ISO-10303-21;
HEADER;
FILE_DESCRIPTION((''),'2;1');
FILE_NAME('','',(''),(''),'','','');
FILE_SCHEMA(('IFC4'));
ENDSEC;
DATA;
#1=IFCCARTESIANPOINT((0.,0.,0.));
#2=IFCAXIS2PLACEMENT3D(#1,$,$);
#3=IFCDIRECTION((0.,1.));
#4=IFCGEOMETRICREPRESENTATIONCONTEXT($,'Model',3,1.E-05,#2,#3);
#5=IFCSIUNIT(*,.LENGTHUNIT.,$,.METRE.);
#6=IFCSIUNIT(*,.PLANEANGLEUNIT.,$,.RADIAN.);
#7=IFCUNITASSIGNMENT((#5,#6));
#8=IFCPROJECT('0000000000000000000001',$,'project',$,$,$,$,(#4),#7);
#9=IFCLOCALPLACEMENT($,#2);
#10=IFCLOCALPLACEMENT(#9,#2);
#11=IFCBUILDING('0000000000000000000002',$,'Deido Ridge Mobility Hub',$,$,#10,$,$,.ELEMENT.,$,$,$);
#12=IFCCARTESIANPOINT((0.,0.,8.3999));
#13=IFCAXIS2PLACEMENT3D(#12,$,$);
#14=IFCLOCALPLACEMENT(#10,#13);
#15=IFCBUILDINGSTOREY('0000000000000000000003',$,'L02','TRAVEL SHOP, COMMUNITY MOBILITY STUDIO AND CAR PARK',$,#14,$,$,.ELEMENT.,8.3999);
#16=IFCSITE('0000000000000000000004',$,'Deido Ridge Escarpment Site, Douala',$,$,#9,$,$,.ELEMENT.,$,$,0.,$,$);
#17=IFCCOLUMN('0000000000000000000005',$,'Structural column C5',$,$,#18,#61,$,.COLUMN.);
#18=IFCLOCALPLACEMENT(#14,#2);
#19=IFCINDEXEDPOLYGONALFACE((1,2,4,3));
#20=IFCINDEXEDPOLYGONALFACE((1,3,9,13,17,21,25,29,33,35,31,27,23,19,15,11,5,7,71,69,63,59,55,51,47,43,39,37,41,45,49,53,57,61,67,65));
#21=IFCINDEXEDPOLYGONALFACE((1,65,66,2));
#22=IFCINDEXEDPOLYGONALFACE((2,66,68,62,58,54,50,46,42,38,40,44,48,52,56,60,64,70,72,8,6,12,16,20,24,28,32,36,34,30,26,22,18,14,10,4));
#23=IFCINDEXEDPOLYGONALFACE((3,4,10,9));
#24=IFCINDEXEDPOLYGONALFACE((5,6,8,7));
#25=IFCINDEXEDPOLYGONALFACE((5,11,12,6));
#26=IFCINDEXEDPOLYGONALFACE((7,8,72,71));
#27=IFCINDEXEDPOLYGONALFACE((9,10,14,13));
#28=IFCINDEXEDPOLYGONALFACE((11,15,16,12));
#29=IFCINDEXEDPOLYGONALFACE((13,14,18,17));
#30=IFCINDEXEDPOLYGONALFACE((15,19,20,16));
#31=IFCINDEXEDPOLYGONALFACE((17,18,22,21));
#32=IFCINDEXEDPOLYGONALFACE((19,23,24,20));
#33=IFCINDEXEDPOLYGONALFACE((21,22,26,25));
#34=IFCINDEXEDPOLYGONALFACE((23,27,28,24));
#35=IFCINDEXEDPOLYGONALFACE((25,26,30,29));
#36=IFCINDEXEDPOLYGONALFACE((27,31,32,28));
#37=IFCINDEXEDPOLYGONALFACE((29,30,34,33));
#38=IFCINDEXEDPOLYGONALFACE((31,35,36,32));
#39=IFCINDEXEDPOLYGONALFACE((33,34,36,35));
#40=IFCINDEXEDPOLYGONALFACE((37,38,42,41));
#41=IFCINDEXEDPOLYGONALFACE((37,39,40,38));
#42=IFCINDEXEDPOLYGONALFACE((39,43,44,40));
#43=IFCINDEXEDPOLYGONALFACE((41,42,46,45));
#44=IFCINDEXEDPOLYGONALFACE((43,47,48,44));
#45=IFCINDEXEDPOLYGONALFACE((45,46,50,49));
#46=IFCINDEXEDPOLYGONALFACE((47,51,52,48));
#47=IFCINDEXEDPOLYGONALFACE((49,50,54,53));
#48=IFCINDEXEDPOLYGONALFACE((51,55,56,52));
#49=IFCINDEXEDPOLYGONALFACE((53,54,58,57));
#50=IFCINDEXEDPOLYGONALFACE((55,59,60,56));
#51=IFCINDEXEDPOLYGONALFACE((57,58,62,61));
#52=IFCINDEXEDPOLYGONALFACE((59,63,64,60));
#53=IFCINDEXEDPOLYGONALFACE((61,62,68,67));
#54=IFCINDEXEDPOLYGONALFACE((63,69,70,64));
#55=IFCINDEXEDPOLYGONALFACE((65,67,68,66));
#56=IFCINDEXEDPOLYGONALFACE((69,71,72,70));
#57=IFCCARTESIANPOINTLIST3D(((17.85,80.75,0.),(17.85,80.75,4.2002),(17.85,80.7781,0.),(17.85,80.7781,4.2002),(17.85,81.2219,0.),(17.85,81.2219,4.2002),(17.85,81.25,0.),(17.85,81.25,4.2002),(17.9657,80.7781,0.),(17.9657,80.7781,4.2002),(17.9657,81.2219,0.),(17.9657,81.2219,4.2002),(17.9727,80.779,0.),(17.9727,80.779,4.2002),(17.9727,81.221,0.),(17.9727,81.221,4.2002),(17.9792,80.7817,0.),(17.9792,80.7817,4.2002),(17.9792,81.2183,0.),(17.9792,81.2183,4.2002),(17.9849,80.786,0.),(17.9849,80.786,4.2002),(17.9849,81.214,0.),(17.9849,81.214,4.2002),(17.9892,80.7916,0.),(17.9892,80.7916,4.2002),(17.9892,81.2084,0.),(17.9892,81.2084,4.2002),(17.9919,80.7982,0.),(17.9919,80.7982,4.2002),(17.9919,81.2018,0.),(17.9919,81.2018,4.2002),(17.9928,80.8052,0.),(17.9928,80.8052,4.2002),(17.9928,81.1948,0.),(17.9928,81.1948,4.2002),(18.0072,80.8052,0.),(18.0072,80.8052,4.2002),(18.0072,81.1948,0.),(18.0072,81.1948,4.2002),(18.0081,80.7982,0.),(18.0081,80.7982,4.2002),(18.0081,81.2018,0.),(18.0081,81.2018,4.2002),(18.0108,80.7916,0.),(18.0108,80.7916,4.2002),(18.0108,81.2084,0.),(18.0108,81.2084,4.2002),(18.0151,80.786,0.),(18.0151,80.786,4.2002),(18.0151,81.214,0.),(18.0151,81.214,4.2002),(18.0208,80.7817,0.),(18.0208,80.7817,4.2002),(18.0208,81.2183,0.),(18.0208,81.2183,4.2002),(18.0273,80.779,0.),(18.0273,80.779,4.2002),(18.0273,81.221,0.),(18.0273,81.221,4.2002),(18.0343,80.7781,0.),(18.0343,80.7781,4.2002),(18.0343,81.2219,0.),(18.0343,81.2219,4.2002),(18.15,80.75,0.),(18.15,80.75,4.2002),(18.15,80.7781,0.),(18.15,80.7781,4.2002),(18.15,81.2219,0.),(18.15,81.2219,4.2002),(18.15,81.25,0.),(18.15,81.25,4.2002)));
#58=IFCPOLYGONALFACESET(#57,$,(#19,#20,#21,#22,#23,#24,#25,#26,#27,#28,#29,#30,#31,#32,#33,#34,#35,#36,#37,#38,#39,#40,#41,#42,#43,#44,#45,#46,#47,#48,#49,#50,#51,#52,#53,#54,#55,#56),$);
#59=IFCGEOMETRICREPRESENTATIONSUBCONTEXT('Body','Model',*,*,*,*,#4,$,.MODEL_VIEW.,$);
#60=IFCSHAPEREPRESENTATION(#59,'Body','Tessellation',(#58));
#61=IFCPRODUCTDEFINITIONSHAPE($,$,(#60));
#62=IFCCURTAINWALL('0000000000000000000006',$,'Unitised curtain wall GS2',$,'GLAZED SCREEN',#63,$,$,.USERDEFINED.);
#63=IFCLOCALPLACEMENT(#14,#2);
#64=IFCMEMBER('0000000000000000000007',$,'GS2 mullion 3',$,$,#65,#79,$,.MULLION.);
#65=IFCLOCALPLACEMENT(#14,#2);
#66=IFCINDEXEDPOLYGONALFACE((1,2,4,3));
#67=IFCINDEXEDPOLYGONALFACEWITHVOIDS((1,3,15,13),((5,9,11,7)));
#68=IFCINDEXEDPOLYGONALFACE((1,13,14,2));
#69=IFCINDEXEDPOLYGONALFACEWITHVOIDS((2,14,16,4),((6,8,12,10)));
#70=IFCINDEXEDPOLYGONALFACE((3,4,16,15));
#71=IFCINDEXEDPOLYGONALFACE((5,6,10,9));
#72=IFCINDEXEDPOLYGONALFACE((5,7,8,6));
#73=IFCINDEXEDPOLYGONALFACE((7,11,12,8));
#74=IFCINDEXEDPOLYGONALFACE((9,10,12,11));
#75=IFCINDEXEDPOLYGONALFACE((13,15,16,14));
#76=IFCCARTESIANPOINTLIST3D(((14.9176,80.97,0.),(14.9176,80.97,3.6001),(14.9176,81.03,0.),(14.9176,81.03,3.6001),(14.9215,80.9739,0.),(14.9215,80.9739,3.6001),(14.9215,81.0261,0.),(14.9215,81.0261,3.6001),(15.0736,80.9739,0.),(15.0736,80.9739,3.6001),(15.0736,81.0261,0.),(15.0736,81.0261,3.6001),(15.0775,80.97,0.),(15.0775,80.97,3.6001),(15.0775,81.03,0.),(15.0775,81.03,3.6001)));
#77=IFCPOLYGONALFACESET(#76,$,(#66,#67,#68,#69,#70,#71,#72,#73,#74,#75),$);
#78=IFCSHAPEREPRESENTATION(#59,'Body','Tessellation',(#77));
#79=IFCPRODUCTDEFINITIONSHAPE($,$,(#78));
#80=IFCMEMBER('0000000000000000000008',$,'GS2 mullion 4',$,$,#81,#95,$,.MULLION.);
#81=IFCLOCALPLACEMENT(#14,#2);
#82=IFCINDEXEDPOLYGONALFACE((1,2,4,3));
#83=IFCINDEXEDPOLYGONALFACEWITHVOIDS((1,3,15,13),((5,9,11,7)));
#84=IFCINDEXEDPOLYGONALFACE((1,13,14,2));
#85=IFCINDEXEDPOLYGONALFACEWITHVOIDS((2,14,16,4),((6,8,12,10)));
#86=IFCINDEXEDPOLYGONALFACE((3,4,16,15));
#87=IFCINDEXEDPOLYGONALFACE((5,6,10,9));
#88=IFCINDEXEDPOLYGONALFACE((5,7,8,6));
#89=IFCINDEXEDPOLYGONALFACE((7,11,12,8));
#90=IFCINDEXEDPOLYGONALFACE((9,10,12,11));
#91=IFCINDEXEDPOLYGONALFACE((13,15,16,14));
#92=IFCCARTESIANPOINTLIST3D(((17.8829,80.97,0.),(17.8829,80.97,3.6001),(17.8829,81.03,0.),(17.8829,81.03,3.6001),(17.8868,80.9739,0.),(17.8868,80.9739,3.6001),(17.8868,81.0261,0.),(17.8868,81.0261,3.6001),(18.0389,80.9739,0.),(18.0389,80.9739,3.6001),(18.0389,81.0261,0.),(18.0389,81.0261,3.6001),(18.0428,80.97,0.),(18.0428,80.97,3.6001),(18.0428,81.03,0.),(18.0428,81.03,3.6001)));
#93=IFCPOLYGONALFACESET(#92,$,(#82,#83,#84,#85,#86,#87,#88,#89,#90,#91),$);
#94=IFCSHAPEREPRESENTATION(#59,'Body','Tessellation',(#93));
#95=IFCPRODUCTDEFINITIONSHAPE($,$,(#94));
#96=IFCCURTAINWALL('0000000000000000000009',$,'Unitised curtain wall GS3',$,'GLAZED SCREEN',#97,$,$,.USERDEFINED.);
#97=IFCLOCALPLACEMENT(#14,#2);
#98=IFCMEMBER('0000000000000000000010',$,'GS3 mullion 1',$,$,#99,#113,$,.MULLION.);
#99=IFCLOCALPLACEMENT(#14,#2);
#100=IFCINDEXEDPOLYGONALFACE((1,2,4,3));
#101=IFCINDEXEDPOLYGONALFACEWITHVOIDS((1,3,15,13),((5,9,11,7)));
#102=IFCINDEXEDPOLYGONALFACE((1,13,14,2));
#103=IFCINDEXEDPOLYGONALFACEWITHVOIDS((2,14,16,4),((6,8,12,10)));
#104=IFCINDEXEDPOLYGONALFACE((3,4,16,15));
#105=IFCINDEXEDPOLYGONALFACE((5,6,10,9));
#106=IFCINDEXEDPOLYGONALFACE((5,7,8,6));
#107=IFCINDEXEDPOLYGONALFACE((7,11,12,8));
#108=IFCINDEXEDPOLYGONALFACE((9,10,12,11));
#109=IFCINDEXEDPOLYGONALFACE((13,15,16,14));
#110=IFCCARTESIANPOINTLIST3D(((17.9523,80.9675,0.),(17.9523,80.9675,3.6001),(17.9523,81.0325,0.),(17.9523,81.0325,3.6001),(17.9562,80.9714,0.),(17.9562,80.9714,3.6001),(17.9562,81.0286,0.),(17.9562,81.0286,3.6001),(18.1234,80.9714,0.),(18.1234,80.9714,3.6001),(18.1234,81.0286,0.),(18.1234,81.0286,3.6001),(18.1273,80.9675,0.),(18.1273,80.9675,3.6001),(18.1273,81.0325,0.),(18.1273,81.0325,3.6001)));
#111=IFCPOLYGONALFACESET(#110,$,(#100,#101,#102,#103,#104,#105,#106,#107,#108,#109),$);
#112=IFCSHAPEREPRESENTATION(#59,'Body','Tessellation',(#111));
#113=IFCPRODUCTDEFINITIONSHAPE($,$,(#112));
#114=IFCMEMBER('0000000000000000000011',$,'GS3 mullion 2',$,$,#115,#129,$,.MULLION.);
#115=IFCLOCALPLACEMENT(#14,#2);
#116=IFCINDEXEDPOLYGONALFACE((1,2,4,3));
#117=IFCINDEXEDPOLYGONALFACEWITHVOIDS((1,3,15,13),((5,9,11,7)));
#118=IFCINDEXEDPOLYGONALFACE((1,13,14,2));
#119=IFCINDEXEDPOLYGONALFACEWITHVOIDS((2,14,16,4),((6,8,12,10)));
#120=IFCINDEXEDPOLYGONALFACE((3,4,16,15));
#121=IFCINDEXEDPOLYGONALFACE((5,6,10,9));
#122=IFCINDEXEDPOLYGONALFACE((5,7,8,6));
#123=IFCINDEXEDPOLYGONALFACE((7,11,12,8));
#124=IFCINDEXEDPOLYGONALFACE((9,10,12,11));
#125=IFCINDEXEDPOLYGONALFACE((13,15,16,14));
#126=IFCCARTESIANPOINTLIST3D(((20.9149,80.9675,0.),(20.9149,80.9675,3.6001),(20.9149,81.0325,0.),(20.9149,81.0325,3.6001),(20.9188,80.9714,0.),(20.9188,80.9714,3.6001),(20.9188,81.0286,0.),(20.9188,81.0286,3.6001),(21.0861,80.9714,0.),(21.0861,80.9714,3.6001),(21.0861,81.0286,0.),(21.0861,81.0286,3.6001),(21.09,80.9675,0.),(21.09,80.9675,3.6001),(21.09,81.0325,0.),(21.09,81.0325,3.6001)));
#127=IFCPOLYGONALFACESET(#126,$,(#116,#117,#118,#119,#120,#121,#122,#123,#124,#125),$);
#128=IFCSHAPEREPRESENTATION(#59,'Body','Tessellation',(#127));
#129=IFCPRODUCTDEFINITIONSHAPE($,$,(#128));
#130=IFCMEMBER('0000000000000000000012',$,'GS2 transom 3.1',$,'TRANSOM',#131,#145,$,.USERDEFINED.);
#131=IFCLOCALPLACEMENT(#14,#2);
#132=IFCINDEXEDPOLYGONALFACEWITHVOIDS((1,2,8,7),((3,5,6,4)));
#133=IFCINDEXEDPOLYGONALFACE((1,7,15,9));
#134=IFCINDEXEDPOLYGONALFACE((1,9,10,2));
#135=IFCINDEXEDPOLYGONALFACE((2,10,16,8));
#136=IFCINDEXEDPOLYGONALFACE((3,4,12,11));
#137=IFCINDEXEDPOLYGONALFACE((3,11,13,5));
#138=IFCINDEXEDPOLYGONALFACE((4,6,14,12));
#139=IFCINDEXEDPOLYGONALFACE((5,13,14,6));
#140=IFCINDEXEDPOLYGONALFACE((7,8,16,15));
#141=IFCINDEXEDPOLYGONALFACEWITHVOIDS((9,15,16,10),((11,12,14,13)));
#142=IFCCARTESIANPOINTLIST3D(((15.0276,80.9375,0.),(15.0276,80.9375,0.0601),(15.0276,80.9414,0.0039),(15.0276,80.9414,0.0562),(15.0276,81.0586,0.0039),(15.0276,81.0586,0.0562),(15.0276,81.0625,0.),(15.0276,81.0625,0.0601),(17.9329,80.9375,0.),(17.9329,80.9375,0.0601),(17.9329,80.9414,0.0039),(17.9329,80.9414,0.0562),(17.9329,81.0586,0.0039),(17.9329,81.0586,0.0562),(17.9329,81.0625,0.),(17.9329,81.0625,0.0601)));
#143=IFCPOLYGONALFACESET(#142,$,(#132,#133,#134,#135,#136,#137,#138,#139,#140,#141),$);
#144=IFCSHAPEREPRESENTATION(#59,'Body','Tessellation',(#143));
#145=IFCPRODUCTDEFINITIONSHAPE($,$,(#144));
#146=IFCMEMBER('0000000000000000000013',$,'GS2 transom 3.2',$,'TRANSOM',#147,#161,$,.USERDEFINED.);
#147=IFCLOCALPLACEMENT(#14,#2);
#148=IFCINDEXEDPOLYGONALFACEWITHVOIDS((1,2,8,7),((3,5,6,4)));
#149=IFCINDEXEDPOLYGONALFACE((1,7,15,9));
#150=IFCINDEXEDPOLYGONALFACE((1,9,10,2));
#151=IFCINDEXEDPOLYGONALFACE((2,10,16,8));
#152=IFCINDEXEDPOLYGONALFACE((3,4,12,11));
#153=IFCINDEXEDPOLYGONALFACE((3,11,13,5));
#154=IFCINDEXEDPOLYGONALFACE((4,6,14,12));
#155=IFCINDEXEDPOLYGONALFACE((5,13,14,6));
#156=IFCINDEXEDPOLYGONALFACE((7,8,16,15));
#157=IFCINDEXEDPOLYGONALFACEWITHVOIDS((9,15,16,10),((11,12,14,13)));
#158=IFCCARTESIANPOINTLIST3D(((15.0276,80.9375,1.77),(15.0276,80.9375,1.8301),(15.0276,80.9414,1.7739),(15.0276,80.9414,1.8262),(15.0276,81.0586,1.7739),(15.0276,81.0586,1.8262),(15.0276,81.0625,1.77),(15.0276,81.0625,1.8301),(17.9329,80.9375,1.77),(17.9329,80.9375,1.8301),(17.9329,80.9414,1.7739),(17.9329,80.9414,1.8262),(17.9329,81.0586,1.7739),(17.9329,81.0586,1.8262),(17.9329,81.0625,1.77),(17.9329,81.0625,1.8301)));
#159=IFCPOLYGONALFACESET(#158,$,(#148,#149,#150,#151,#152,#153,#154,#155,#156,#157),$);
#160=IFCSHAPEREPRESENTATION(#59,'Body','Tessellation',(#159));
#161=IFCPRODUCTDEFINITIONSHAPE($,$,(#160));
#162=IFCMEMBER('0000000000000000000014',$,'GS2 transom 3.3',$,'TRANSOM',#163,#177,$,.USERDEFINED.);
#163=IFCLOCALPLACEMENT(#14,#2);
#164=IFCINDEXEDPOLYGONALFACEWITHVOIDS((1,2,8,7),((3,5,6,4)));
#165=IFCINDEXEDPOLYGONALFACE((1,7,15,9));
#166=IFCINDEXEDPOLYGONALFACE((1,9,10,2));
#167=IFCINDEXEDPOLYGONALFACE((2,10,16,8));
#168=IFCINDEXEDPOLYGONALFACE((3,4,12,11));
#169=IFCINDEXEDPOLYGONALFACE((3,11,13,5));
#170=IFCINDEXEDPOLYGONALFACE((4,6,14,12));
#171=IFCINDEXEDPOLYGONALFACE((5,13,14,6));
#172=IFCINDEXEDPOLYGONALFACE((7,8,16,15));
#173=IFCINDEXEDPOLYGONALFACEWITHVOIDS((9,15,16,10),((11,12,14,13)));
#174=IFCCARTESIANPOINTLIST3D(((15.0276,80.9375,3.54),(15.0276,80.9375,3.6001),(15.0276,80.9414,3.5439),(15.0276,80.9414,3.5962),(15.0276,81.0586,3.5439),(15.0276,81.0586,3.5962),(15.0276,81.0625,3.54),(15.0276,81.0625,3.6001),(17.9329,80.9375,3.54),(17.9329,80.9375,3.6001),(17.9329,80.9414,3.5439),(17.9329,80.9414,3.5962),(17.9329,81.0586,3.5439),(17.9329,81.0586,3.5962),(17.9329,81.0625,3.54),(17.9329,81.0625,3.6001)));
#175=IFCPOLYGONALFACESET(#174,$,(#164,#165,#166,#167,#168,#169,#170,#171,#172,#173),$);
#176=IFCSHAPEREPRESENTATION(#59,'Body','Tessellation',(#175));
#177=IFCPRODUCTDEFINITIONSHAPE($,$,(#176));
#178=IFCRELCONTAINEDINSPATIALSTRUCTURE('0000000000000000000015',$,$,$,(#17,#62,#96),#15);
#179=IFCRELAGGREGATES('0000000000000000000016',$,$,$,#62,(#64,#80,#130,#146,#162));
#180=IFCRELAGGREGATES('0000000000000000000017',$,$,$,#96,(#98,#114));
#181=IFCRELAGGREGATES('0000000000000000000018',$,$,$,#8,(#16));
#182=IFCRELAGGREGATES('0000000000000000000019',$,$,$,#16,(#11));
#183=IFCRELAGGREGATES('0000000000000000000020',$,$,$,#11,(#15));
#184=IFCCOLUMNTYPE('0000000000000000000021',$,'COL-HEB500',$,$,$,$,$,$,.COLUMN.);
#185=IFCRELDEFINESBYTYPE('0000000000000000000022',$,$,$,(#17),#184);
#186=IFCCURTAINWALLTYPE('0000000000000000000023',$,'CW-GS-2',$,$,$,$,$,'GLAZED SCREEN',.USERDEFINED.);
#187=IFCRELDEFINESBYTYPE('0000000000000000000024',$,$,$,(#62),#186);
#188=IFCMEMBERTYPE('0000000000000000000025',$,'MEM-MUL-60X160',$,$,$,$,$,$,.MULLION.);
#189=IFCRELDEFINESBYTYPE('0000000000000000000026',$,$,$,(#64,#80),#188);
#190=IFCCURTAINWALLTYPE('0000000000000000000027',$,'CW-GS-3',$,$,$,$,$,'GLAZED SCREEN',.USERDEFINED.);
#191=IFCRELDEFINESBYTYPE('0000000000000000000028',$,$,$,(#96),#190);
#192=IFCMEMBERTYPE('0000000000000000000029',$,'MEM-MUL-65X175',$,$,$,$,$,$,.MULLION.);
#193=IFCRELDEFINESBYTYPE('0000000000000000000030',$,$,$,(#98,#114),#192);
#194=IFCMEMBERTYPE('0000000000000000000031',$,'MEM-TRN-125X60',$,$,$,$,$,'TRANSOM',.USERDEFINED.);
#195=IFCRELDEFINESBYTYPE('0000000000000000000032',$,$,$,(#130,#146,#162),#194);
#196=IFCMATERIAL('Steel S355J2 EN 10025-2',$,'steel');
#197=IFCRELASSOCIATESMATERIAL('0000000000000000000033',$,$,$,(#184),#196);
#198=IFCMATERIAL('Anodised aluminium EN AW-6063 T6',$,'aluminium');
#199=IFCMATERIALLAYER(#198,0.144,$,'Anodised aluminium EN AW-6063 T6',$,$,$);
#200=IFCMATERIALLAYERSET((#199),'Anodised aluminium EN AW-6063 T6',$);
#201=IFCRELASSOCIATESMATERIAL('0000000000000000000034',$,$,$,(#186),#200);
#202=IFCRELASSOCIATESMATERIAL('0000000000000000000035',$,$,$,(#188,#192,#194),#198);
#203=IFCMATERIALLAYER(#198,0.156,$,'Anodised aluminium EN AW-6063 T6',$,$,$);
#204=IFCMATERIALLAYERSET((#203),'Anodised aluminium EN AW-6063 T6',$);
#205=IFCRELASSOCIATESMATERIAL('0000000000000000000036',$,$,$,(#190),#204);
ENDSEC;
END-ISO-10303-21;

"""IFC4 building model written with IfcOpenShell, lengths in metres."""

from ifc_helpers import new_model, si_unit, direction, frame, origin, origin_2d, place, context, subcontext, project, spatial, hollow_rectangle, i_section, extrude, material, layer, layer_set, material_profile, profile_set, type_object, element, aggregate, save


model = new_model("IFC4")

# Units and contexts
model_context = context("Model", 3, precision=1e-05, world=origin(), true_north=direction((0.0, 1.0)))
body_context = subcontext(model_context, "Body", "Model", "MODEL_VIEW")
ifc_project = project(units=[si_unit("LENGTHUNIT", "METRE"), si_unit("PLANEANGLEUNIT", "RADIAN")], contexts=[model_context])

# Site, building, storey
site_placement = place(None, origin())
site = spatial("IfcSite", under=ifc_project, at=site_placement, Name="Deido Ridge Escarpment Site, Douala", CompositionType="ELEMENT", RefElevation=0.0)
building_placement = place(site_placement, origin())
building = spatial("IfcBuilding", under=site, at=building_placement, Name="Deido Ridge Mobility Hub", CompositionType="ELEMENT")
storey_placement = place(building_placement, frame((0.0, 0.0, 8.3999)))
storey = spatial("IfcBuildingStorey", under=building, at=storey_placement, Name="L02", Description="TRAVEL SHOP, COMMUNITY MOBILITY STUDIO AND CAR PARK", CompositionType="ELEMENT", Elevation=8.3999)

# Column
ifc_material_1 = material(Name="Steel S355J2 EN 10025-2", Category="steel")
ifc_material_profile_1 = material_profile(ifc_material_1, i_section(OverallWidth=0.3, OverallDepth=0.5, WebThickness=0.0144, FlangeThickness=0.0281, FilletRadius=0.0271, at=origin_2d()), Name="HEB 500")
ifc_profile_set_1 = profile_set([ifc_material_profile_1], Name="Steel S355J2 EN 10025-2")
column_type = type_object("IfcColumnType", Name="COL-HEB500", PredefinedType="COLUMN", material=ifc_profile_set_1)
column_placement = place(storey_placement, frame((18.0, 81.0, 0.0), z_axis=(0.0, 0.0, 1.0), x_axis=(1.0, 0.0, 0.0)))
element("IfcColumn", 1, at=column_placement, inside=storey, type_object=column_type, Name="Structural column C5", PredefinedType="COLUMN", context=body_context, shape_type="SweptSolid", body=[
    extrude(i_section(OverallWidth=0.3, OverallDepth=0.5, WebThickness=0.0144, FlangeThickness=0.0281, FilletRadius=0.0271, at=origin_2d()), origin(), (0.0, 0.0, 1.0), 4.2002),
])

# Curtain walls, members
ifc_material_2 = material(Name="Anodised aluminium EN AW-6063 T6", Category="aluminium")
ifc_layer_1 = layer(ifc_material_2, 0.144, Name="Anodised aluminium EN AW-6063 T6")
ifc_layer_set_1 = layer_set([ifc_layer_1], Name="Anodised aluminium EN AW-6063 T6")
curtain_wall_type_1 = type_object("IfcCurtainWallType", Name="CW-GS-2", ElementType="GLAZED SCREEN", PredefinedType="USERDEFINED", material=ifc_layer_set_1)
curtain_wall_1_placement = place(storey_placement, origin())
curtain_wall_1 = element("IfcCurtainWall", 2, at=curtain_wall_1_placement, inside=storey, type_object=curtain_wall_type_1, Name="Unitised curtain wall GS2", ObjectType="GLAZED SCREEN", PredefinedType="USERDEFINED")
ifc_material_profile_2 = material_profile(ifc_material_2, hollow_rectangle(XDim=0.0601, YDim=0.1599, WallThickness=0.0039, at=origin_2d()), Name="RHS 60x160x4")
ifc_profile_set_2 = profile_set([ifc_material_profile_2], Name="Anodised aluminium EN AW-6063 T6")
member_type_1 = type_object("IfcMemberType", Name="MEM-MUL-60X160", PredefinedType="MULLION", material=ifc_profile_set_2)
member_1_placement = place(storey_placement, frame((14.9976, 81.0, 0.0), z_axis=(0.0, 0.0, 1.0), x_axis=(0.0, 1.0, 0.0)))
member_1 = element("IfcMember", 3, at=member_1_placement, type_object=member_type_1, Name="GS2 mullion 3", PredefinedType="MULLION", context=body_context, shape_type="SweptSolid", body=[
    extrude(hollow_rectangle(XDim=0.0601, YDim=0.1599, WallThickness=0.0039, at=origin_2d()), origin(), (0.0, 0.0, 1.0), 3.6001),
])
member_2_placement = place(storey_placement, frame((17.9629, 81.0, 0.0), z_axis=(0.0, 0.0, 1.0), x_axis=(0.0, 1.0, 0.0)))
member_2 = element("IfcMember", 4, at=member_2_placement, type_object=member_type_1, Name="GS2 mullion 4", PredefinedType="MULLION", context=body_context, shape_type="SweptSolid", body=[
    extrude(hollow_rectangle(XDim=0.0601, YDim=0.1599, WallThickness=0.0039, at=origin_2d()), origin(), (0.0, 0.0, 1.0), 3.6001),
])
ifc_layer_2 = layer(ifc_material_2, 0.156, Name="Anodised aluminium EN AW-6063 T6")
ifc_layer_set_2 = layer_set([ifc_layer_2], Name="Anodised aluminium EN AW-6063 T6")
curtain_wall_type_2 = type_object("IfcCurtainWallType", Name="CW-GS-3", ElementType="GLAZED SCREEN", PredefinedType="USERDEFINED", material=ifc_layer_set_2)
curtain_wall_2_placement = place(storey_placement, origin())
curtain_wall_2 = element("IfcCurtainWall", 5, at=curtain_wall_2_placement, inside=storey, type_object=curtain_wall_type_2, Name="Unitised curtain wall GS3", ObjectType="GLAZED SCREEN", PredefinedType="USERDEFINED")
ifc_material_profile_3 = material_profile(ifc_material_2, hollow_rectangle(XDim=0.0649, YDim=0.175, WallThickness=0.0039, at=origin_2d()), Name="RHS 65x175x4")
ifc_profile_set_3 = profile_set([ifc_material_profile_3], Name="Anodised aluminium EN AW-6063 T6")
member_type_2 = type_object("IfcMemberType", Name="MEM-MUL-65X175", PredefinedType="MULLION", material=ifc_profile_set_3)
member_3_placement = place(storey_placement, frame((18.0398, 81.0, 0.0), z_axis=(0.0, 0.0, 1.0), x_axis=(0.0, 1.0, 0.0)))
member_3 = element("IfcMember", 6, at=member_3_placement, type_object=member_type_2, Name="GS3 mullion 1", PredefinedType="MULLION", context=body_context, shape_type="SweptSolid", body=[
    extrude(hollow_rectangle(XDim=0.0649, YDim=0.175, WallThickness=0.0039, at=origin_2d()), origin(), (0.0, 0.0, 1.0), 3.6001),
])
member_4_placement = place(storey_placement, frame((21.0024, 81.0, 0.0), z_axis=(0.0, 0.0, 1.0), x_axis=(0.0, 1.0, 0.0)))
member_4 = element("IfcMember", 7, at=member_4_placement, type_object=member_type_2, Name="GS3 mullion 2", PredefinedType="MULLION", context=body_context, shape_type="SweptSolid", body=[
    extrude(hollow_rectangle(XDim=0.0649, YDim=0.175, WallThickness=0.0039, at=origin_2d()), origin(), (0.0, 0.0, 1.0), 3.6001),
])

# Members
ifc_material_profile_4 = material_profile(ifc_material_2, hollow_rectangle(XDim=0.125, YDim=0.0601, WallThickness=0.0039, at=origin_2d()), Name="RHS 125x60x4")
ifc_profile_set_4 = profile_set([ifc_material_profile_4], Name="Anodised aluminium EN AW-6063 T6")
member_type_3 = type_object("IfcMemberType", Name="MEM-TRN-125X60", ElementType="TRANSOM", PredefinedType="USERDEFINED", material=ifc_profile_set_4)
member_5_placement = place(storey_placement, frame((15.0276, 81.0, 0.03), z_axis=(1.0, 0.0, 0.0), x_axis=(0.0, 1.0, 0.0)))
member_5 = element("IfcMember", 8, at=member_5_placement, type_object=member_type_3, Name="GS2 transom 3.1", ObjectType="TRANSOM", PredefinedType="USERDEFINED", context=body_context, shape_type="SweptSolid", body=[
    extrude(hollow_rectangle(XDim=0.125, YDim=0.0601, WallThickness=0.0039, at=origin_2d()), origin(), (0.0, 0.0, 1.0), 2.9053),
])
member_6_placement = place(storey_placement, frame((15.0276, 81.0, 1.8), z_axis=(1.0, 0.0, 0.0), x_axis=(0.0, 1.0, 0.0)))
member_6 = element("IfcMember", 9, at=member_6_placement, type_object=member_type_3, Name="GS2 transom 3.2", ObjectType="TRANSOM", PredefinedType="USERDEFINED", context=body_context, shape_type="SweptSolid", body=[
    extrude(hollow_rectangle(XDim=0.125, YDim=0.0601, WallThickness=0.0039, at=origin_2d()), origin(), (0.0, 0.0, 1.0), 2.9053),
])
member_7_placement = place(storey_placement, frame((15.0276, 81.0, 3.5701), z_axis=(1.0, 0.0, 0.0), x_axis=(0.0, 1.0, 0.0)))
member_7 = element("IfcMember", 10, at=member_7_placement, type_object=member_type_3, Name="GS2 transom 3.3", ObjectType="TRANSOM", PredefinedType="USERDEFINED", context=body_context, shape_type="SweptSolid", body=[
    extrude(hollow_rectangle(XDim=0.125, YDim=0.0601, WallThickness=0.0039, at=origin_2d()), origin(), (0.0, 0.0, 1.0), 2.9053),
])

aggregate(curtain_wall_1, [member_1, member_2, member_5, member_6, member_7])
aggregate(curtain_wall_2, [member_3, member_4])

save(model, "model.ifc")
